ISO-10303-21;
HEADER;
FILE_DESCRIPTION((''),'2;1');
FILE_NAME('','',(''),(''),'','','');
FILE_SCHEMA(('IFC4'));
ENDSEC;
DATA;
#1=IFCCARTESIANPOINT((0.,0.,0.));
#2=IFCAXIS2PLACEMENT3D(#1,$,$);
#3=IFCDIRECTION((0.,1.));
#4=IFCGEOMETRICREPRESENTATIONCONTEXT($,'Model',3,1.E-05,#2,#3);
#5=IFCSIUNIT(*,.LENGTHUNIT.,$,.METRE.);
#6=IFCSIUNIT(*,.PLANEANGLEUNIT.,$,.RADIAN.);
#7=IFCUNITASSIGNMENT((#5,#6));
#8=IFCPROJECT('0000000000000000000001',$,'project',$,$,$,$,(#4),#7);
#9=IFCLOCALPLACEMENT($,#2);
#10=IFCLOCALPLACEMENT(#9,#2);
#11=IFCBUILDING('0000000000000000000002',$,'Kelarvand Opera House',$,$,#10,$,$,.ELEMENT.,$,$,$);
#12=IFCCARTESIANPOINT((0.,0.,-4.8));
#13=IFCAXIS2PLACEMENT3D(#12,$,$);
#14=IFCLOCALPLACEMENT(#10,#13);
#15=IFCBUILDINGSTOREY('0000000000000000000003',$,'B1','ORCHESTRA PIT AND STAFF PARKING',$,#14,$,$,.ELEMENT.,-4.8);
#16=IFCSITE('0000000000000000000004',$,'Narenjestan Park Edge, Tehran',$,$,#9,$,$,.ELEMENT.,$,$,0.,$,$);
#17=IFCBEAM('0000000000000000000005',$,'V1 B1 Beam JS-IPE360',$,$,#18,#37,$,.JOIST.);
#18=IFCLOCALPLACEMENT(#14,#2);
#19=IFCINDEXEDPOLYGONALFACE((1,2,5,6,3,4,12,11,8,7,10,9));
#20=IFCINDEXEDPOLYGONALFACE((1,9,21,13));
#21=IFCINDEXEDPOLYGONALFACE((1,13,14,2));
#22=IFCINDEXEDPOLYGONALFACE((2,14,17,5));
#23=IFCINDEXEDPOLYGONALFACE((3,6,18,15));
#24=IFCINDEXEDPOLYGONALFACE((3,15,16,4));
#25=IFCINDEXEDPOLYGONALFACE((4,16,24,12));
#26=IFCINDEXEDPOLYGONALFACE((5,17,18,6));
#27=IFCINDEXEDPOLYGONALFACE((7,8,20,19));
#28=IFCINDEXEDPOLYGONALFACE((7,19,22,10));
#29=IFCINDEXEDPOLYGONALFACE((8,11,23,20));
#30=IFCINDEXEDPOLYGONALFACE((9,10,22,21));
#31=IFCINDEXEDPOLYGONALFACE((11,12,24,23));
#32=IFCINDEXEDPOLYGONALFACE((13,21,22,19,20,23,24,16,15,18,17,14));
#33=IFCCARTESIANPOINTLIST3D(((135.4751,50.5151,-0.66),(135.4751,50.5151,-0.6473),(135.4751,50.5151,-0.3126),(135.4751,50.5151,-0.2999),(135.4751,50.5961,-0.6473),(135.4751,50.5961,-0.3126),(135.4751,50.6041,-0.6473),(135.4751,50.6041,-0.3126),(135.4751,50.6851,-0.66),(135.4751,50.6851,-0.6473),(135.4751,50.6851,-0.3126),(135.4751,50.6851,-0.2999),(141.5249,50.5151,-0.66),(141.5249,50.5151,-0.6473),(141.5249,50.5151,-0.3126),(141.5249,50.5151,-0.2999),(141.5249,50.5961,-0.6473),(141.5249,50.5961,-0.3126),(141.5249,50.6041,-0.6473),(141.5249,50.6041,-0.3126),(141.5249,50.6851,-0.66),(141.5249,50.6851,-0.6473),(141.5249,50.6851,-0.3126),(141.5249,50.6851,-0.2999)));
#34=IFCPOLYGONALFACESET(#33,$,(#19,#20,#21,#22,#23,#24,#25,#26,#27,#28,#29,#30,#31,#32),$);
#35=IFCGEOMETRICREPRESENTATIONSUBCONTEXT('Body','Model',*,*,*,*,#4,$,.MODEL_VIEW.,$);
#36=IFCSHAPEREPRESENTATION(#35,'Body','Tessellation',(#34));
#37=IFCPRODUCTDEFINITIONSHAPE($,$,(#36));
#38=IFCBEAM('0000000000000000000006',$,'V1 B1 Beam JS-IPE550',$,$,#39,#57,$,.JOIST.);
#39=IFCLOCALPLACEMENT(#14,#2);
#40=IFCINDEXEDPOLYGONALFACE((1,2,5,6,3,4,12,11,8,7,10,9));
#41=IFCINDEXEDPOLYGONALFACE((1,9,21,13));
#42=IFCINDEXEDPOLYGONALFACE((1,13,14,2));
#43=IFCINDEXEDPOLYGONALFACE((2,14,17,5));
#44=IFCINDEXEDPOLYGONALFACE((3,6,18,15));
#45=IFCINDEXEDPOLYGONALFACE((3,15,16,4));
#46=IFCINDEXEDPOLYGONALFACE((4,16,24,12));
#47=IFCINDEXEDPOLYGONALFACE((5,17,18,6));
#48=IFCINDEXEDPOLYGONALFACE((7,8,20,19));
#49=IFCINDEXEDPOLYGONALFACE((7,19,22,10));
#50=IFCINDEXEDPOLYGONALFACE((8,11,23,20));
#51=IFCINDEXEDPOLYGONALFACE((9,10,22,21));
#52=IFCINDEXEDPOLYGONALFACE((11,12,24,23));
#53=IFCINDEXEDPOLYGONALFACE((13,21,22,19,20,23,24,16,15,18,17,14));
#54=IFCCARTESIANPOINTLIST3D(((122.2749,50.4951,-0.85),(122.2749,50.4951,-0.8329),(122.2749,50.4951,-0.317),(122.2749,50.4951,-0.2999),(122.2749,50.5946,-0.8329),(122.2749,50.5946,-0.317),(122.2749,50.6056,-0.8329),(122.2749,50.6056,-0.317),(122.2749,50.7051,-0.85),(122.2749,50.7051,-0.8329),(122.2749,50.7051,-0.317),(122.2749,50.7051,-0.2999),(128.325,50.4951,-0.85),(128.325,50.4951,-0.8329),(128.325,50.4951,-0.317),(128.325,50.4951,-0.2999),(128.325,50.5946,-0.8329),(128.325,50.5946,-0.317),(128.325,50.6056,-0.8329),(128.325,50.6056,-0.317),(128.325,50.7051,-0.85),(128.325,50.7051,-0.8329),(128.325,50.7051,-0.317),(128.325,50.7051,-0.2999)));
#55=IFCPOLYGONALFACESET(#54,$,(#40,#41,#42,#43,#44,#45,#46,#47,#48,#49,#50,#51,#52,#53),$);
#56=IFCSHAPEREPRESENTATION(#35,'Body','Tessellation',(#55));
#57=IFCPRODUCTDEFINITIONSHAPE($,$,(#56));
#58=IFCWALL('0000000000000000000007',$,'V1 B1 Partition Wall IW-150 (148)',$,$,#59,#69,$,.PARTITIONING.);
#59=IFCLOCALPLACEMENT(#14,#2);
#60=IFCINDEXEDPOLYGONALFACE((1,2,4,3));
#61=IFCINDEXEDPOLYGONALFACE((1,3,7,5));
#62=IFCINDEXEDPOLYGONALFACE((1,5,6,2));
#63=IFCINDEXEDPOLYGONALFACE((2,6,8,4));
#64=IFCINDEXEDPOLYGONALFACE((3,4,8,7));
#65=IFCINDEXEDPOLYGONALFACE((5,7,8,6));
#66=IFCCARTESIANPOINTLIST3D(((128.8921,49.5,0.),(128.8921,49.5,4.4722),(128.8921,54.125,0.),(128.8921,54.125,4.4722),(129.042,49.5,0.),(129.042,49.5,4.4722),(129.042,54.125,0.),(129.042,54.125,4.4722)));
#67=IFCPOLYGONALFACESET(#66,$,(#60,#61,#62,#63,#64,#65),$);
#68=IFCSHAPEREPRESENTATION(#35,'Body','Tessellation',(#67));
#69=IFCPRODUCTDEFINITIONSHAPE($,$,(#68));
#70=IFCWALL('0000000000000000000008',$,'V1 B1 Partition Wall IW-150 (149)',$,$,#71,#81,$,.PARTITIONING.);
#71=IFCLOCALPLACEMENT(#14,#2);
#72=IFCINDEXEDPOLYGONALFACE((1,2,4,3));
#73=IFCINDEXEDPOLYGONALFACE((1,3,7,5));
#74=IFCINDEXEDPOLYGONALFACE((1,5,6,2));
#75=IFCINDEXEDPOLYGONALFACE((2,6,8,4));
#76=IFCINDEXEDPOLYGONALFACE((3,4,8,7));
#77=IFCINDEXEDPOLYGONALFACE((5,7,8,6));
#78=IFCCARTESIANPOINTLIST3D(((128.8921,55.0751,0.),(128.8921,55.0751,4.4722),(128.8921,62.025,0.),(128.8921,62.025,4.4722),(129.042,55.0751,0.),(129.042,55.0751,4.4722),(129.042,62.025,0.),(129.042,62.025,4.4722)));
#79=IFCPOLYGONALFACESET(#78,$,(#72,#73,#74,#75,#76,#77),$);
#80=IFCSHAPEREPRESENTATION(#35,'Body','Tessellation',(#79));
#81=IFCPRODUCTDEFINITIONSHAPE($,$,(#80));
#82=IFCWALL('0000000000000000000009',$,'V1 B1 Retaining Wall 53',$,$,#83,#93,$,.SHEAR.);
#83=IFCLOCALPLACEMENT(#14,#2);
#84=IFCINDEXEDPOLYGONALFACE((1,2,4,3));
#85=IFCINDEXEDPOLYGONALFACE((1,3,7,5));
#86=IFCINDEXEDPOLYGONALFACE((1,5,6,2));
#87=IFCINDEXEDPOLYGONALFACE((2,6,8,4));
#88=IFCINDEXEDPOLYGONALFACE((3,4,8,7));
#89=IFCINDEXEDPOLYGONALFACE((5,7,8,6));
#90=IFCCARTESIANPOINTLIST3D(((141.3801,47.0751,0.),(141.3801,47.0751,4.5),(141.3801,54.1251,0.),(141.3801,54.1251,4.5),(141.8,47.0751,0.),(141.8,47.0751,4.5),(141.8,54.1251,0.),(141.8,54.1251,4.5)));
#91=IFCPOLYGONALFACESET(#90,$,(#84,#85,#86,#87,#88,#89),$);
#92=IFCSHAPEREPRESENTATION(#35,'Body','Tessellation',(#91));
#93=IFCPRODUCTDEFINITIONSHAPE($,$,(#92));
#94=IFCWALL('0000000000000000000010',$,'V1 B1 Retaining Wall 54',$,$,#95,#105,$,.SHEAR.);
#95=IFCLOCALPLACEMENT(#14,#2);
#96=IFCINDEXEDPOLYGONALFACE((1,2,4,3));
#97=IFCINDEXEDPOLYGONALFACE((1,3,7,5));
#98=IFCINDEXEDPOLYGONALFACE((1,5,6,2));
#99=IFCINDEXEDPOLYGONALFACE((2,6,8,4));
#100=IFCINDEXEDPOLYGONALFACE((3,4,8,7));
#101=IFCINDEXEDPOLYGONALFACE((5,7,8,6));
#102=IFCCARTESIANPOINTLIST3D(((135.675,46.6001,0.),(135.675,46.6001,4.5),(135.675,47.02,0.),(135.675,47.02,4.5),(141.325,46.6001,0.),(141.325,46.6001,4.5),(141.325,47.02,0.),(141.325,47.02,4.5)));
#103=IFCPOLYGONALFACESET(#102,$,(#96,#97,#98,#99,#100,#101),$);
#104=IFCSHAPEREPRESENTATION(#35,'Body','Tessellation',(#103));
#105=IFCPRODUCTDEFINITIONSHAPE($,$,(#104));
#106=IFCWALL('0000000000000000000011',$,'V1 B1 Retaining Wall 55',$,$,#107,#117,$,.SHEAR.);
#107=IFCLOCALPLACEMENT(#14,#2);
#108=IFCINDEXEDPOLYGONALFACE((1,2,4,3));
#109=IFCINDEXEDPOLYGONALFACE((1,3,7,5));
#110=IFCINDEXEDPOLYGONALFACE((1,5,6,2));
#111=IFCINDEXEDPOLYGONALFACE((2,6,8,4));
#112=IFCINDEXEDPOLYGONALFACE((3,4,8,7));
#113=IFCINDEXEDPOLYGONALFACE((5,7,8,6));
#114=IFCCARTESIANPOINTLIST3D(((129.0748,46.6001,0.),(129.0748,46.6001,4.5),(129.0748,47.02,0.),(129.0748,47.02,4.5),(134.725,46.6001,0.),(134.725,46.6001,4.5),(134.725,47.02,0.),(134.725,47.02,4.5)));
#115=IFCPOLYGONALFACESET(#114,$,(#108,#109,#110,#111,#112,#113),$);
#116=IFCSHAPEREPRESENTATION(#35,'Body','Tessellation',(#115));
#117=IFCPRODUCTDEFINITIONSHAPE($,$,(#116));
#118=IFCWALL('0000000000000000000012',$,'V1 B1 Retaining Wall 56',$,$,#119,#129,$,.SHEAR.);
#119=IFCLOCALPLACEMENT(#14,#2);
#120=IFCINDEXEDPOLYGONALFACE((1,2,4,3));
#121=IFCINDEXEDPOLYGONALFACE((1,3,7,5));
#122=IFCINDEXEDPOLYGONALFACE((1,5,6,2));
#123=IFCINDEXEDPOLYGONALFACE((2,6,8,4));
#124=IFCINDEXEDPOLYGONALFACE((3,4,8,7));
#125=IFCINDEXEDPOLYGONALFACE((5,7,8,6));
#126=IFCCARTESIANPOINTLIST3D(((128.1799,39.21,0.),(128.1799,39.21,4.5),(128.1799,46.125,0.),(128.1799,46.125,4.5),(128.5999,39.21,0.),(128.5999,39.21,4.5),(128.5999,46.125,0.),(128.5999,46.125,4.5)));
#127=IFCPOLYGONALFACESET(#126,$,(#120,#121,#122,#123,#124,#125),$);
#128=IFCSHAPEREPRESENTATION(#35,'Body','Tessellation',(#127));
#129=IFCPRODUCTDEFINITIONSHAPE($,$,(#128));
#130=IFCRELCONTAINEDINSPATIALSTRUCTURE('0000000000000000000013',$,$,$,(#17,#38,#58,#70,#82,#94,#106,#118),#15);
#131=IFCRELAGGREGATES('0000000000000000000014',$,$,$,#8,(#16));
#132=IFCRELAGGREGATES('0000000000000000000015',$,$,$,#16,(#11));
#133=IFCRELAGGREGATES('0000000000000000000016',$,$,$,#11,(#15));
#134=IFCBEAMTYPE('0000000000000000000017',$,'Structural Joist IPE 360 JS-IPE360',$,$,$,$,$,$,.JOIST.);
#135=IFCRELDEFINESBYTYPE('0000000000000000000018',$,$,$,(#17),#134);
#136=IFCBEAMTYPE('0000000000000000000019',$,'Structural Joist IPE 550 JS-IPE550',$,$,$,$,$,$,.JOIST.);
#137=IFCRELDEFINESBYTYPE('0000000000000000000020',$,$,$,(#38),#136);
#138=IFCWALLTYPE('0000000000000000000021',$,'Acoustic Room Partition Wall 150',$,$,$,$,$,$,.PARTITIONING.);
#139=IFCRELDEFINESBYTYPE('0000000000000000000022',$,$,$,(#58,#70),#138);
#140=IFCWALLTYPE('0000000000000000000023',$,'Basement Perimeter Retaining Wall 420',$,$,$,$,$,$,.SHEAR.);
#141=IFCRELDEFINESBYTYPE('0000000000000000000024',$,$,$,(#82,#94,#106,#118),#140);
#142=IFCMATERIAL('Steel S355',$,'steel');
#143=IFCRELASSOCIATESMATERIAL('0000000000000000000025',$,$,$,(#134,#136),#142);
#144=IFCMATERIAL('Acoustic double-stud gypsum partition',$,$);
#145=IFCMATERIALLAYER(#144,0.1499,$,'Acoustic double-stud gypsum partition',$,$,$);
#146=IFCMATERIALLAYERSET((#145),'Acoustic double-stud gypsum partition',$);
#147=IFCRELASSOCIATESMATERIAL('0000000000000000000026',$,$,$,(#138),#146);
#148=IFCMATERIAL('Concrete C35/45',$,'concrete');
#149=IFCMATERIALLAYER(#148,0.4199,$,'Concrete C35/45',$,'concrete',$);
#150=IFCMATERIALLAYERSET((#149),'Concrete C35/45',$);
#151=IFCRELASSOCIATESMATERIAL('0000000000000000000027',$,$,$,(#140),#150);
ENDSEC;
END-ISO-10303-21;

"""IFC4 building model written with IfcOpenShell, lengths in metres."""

from ifc_helpers import new_model, si_unit, direction, frame, frame_2d, origin, origin_2d, place, context, subcontext, project, spatial, rectangle, i_section, extrude, material, layer, layer_set, material_profile, profile_set, type_object, element, save


model = new_model("IFC4")

# Units and contexts
model_context = context("Model", 3, precision=1e-05, world=origin(), true_north=direction((0.0, 1.0)))
body_context = subcontext(model_context, "Body", "Model", "MODEL_VIEW")
ifc_project = project(units=[si_unit("LENGTHUNIT", "METRE"), si_unit("PLANEANGLEUNIT", "RADIAN")], contexts=[model_context])

# Site, building, storey
site_placement = place(None, origin())
site = spatial("IfcSite", under=ifc_project, at=site_placement, Name="Narenjestan Park Edge, Tehran", CompositionType="ELEMENT", RefElevation=0.0)
building_placement = place(site_placement, origin())
building = spatial("IfcBuilding", under=site, at=building_placement, Name="Kelarvand Opera House", CompositionType="ELEMENT")
storey_placement = place(building_placement, frame((0.0, 0.0, -4.8)))
storey = spatial("IfcBuildingStorey", under=building, at=storey_placement, Name="B1", Description="ORCHESTRA PIT AND STAFF PARKING", CompositionType="ELEMENT", Elevation=-4.8)

# Beams
ifc_material_1 = material(Name="Concrete C35/45", Category="concrete")
ifc_material_2 = material(Name="Steel S355", Category="steel")
ifc_material_profile_1 = material_profile(ifc_material_2, i_section(OverallWidth=0.1699, OverallDepth=0.3601, WebThickness=0.0081, FlangeThickness=0.0127, at=origin_2d()), Name="IPE 360", Category="steel")
ifc_profile_set_1 = profile_set([ifc_material_profile_1], Name="Steel S355")
beam_type_1 = type_object("IfcBeamType", Name="Structural Joist IPE 360 JS-IPE360", PredefinedType="JOIST", material=ifc_profile_set_1)
beam_1_placement = place(storey_placement, frame((135.4751, 50.6001, -0.48), z_axis=(1.0, 0.0, 0.0), x_axis=(0.0, 1.0, 0.0)))
element("IfcBeam", 1, at=beam_1_placement, inside=storey, type_object=beam_type_1, Name="V1 B1 Beam JS-IPE360", PredefinedType="JOIST", context=body_context, shape_type="SweptSolid", body=[
    extrude(i_section(OverallWidth=0.1699, OverallDepth=0.3601, WebThickness=0.0081, FlangeThickness=0.0127, at=origin_2d()), origin(), (0.0, 0.0, 1.0), 6.0498),
])
ifc_material_profile_2 = material_profile(ifc_material_2, i_section(OverallWidth=0.21, OverallDepth=0.55, WebThickness=0.011, FlangeThickness=0.0171, at=origin_2d()), Name="IPE 550", Category="steel")
ifc_profile_set_2 = profile_set([ifc_material_profile_2], Name="Steel S355")
beam_type_2 = type_object("IfcBeamType", Name="Structural Joist IPE 550 JS-IPE550", PredefinedType="JOIST", material=ifc_profile_set_2)
beam_2_placement = place(storey_placement, frame((122.2749, 50.6001, -0.575), z_axis=(1.0, 0.0, 0.0), x_axis=(0.0, 1.0, 0.0)))
element("IfcBeam", 2, at=beam_2_placement, inside=storey, type_object=beam_type_2, Name="V1 B1 Beam JS-IPE550", PredefinedType="JOIST", context=body_context, shape_type="SweptSolid", body=[
    extrude(i_section(OverallWidth=0.21, OverallDepth=0.55, WebThickness=0.011, FlangeThickness=0.0171, at=origin_2d()), origin(), (0.0, 0.0, 1.0), 6.05),
])

# Walls
ifc_material_3 = material(Name="Acoustic double-stud gypsum partition")
ifc_layer_1 = layer(ifc_material_3, 0.1499, Name="Acoustic double-stud gypsum partition")
ifc_layer_set_1 = layer_set([ifc_layer_1], Name="Acoustic double-stud gypsum partition")
wall_type_1 = type_object("IfcWallType", Name="Acoustic Room Partition Wall 150", PredefinedType="PARTITIONING", material=ifc_layer_set_1)
wall_1_placement = place(storey_placement, frame((128.967, 49.5, 0.0), z_axis=(0.0, 0.0, 1.0), x_axis=(0.0, 1.0, 0.0)))
element("IfcWall", 3, at=wall_1_placement, inside=storey, type_object=wall_type_1, Name="V1 B1 Partition Wall IW-150 (148)", PredefinedType="PARTITIONING", context=body_context, shape_type="SweptSolid", body=[
    extrude(rectangle(XDim=4.625, YDim=0.1499, at=frame_2d((2.3125, 0.0))), origin(), (0.0, 0.0, 1.0), 4.4722),
])
wall_2_placement = place(storey_placement, frame((128.967, 55.075, 0.0), z_axis=(0.0, 0.0, 1.0), x_axis=(0.0, 1.0, 0.0)))
element("IfcWall", 4, at=wall_2_placement, inside=storey, type_object=wall_type_1, Name="V1 B1 Partition Wall IW-150 (149)", PredefinedType="PARTITIONING", context=body_context, shape_type="SweptSolid", body=[
    extrude(rectangle(XDim=6.95, YDim=0.1499, at=frame_2d((3.4751, 0.0))), origin(), (0.0, 0.0, 1.0), 4.4722),
])
ifc_layer_2 = layer(ifc_material_1, 0.4199, Name="Concrete C35/45", Category="concrete")
ifc_layer_set_2 = layer_set([ifc_layer_2], Name="Concrete C35/45")
wall_type_2 = type_object("IfcWallType", Name="Basement Perimeter Retaining Wall 420", PredefinedType="SHEAR", material=ifc_layer_set_2)
wall_3_placement = place(storey_placement, frame((141.5901, 54.125, 0.0), z_axis=(0.0, 0.0, 1.0), x_axis=(0.0, -1.0, 0.0)))
element("IfcWall", 5, at=wall_3_placement, inside=storey, type_object=wall_type_2, Name="V1 B1 Retaining Wall 53", PredefinedType="SHEAR", context=body_context, shape_type="SweptSolid", body=[
    extrude(rectangle(XDim=7.05, YDim=0.4199, at=frame_2d((3.5249, 0.0))), origin(), (0.0, 0.0, 1.0), 4.5),
])
wall_4_placement = place(storey_placement, frame((141.325, 46.8101, 0.0), z_axis=(0.0, 0.0, 1.0), x_axis=(-1.0, 0.0, 0.0)))
element("IfcWall", 6, at=wall_4_placement, inside=storey, type_object=wall_type_2, Name="V1 B1 Retaining Wall 54", PredefinedType="SHEAR", context=body_context, shape_type="SweptSolid", body=[
    extrude(rectangle(XDim=5.6499, YDim=0.4199, at=frame_2d((2.825, 0.0))), origin(), (0.0, 0.0, 1.0), 4.5),
])
wall_5_placement = place(storey_placement, frame((134.7251, 46.8101, 0.0), z_axis=(0.0, 0.0, 1.0), x_axis=(-1.0, 0.0, 0.0)))
element("IfcWall", 7, at=wall_5_placement, inside=storey, type_object=wall_type_2, Name="V1 B1 Retaining Wall 55", PredefinedType="SHEAR", context=body_context, shape_type="SweptSolid", body=[
    extrude(rectangle(XDim=5.6501, YDim=0.4199, at=frame_2d((2.8252, 0.0))), origin(), (0.0, 0.0, 1.0), 4.5),
])
wall_6_placement = place(storey_placement, frame((128.3899, 46.125, 0.0), z_axis=(0.0, 0.0, 1.0), x_axis=(0.0, -1.0, 0.0)))
element("IfcWall", 8, at=wall_6_placement, inside=storey, type_object=wall_type_2, Name="V1 B1 Retaining Wall 56", PredefinedType="SHEAR", context=body_context, shape_type="SweptSolid", body=[
    extrude(rectangle(XDim=6.915, YDim=0.4199, at=frame_2d((3.4575, 0.0))), origin(), (0.0, 0.0, 1.0), 4.5),
])

save(model, "model.ifc")
